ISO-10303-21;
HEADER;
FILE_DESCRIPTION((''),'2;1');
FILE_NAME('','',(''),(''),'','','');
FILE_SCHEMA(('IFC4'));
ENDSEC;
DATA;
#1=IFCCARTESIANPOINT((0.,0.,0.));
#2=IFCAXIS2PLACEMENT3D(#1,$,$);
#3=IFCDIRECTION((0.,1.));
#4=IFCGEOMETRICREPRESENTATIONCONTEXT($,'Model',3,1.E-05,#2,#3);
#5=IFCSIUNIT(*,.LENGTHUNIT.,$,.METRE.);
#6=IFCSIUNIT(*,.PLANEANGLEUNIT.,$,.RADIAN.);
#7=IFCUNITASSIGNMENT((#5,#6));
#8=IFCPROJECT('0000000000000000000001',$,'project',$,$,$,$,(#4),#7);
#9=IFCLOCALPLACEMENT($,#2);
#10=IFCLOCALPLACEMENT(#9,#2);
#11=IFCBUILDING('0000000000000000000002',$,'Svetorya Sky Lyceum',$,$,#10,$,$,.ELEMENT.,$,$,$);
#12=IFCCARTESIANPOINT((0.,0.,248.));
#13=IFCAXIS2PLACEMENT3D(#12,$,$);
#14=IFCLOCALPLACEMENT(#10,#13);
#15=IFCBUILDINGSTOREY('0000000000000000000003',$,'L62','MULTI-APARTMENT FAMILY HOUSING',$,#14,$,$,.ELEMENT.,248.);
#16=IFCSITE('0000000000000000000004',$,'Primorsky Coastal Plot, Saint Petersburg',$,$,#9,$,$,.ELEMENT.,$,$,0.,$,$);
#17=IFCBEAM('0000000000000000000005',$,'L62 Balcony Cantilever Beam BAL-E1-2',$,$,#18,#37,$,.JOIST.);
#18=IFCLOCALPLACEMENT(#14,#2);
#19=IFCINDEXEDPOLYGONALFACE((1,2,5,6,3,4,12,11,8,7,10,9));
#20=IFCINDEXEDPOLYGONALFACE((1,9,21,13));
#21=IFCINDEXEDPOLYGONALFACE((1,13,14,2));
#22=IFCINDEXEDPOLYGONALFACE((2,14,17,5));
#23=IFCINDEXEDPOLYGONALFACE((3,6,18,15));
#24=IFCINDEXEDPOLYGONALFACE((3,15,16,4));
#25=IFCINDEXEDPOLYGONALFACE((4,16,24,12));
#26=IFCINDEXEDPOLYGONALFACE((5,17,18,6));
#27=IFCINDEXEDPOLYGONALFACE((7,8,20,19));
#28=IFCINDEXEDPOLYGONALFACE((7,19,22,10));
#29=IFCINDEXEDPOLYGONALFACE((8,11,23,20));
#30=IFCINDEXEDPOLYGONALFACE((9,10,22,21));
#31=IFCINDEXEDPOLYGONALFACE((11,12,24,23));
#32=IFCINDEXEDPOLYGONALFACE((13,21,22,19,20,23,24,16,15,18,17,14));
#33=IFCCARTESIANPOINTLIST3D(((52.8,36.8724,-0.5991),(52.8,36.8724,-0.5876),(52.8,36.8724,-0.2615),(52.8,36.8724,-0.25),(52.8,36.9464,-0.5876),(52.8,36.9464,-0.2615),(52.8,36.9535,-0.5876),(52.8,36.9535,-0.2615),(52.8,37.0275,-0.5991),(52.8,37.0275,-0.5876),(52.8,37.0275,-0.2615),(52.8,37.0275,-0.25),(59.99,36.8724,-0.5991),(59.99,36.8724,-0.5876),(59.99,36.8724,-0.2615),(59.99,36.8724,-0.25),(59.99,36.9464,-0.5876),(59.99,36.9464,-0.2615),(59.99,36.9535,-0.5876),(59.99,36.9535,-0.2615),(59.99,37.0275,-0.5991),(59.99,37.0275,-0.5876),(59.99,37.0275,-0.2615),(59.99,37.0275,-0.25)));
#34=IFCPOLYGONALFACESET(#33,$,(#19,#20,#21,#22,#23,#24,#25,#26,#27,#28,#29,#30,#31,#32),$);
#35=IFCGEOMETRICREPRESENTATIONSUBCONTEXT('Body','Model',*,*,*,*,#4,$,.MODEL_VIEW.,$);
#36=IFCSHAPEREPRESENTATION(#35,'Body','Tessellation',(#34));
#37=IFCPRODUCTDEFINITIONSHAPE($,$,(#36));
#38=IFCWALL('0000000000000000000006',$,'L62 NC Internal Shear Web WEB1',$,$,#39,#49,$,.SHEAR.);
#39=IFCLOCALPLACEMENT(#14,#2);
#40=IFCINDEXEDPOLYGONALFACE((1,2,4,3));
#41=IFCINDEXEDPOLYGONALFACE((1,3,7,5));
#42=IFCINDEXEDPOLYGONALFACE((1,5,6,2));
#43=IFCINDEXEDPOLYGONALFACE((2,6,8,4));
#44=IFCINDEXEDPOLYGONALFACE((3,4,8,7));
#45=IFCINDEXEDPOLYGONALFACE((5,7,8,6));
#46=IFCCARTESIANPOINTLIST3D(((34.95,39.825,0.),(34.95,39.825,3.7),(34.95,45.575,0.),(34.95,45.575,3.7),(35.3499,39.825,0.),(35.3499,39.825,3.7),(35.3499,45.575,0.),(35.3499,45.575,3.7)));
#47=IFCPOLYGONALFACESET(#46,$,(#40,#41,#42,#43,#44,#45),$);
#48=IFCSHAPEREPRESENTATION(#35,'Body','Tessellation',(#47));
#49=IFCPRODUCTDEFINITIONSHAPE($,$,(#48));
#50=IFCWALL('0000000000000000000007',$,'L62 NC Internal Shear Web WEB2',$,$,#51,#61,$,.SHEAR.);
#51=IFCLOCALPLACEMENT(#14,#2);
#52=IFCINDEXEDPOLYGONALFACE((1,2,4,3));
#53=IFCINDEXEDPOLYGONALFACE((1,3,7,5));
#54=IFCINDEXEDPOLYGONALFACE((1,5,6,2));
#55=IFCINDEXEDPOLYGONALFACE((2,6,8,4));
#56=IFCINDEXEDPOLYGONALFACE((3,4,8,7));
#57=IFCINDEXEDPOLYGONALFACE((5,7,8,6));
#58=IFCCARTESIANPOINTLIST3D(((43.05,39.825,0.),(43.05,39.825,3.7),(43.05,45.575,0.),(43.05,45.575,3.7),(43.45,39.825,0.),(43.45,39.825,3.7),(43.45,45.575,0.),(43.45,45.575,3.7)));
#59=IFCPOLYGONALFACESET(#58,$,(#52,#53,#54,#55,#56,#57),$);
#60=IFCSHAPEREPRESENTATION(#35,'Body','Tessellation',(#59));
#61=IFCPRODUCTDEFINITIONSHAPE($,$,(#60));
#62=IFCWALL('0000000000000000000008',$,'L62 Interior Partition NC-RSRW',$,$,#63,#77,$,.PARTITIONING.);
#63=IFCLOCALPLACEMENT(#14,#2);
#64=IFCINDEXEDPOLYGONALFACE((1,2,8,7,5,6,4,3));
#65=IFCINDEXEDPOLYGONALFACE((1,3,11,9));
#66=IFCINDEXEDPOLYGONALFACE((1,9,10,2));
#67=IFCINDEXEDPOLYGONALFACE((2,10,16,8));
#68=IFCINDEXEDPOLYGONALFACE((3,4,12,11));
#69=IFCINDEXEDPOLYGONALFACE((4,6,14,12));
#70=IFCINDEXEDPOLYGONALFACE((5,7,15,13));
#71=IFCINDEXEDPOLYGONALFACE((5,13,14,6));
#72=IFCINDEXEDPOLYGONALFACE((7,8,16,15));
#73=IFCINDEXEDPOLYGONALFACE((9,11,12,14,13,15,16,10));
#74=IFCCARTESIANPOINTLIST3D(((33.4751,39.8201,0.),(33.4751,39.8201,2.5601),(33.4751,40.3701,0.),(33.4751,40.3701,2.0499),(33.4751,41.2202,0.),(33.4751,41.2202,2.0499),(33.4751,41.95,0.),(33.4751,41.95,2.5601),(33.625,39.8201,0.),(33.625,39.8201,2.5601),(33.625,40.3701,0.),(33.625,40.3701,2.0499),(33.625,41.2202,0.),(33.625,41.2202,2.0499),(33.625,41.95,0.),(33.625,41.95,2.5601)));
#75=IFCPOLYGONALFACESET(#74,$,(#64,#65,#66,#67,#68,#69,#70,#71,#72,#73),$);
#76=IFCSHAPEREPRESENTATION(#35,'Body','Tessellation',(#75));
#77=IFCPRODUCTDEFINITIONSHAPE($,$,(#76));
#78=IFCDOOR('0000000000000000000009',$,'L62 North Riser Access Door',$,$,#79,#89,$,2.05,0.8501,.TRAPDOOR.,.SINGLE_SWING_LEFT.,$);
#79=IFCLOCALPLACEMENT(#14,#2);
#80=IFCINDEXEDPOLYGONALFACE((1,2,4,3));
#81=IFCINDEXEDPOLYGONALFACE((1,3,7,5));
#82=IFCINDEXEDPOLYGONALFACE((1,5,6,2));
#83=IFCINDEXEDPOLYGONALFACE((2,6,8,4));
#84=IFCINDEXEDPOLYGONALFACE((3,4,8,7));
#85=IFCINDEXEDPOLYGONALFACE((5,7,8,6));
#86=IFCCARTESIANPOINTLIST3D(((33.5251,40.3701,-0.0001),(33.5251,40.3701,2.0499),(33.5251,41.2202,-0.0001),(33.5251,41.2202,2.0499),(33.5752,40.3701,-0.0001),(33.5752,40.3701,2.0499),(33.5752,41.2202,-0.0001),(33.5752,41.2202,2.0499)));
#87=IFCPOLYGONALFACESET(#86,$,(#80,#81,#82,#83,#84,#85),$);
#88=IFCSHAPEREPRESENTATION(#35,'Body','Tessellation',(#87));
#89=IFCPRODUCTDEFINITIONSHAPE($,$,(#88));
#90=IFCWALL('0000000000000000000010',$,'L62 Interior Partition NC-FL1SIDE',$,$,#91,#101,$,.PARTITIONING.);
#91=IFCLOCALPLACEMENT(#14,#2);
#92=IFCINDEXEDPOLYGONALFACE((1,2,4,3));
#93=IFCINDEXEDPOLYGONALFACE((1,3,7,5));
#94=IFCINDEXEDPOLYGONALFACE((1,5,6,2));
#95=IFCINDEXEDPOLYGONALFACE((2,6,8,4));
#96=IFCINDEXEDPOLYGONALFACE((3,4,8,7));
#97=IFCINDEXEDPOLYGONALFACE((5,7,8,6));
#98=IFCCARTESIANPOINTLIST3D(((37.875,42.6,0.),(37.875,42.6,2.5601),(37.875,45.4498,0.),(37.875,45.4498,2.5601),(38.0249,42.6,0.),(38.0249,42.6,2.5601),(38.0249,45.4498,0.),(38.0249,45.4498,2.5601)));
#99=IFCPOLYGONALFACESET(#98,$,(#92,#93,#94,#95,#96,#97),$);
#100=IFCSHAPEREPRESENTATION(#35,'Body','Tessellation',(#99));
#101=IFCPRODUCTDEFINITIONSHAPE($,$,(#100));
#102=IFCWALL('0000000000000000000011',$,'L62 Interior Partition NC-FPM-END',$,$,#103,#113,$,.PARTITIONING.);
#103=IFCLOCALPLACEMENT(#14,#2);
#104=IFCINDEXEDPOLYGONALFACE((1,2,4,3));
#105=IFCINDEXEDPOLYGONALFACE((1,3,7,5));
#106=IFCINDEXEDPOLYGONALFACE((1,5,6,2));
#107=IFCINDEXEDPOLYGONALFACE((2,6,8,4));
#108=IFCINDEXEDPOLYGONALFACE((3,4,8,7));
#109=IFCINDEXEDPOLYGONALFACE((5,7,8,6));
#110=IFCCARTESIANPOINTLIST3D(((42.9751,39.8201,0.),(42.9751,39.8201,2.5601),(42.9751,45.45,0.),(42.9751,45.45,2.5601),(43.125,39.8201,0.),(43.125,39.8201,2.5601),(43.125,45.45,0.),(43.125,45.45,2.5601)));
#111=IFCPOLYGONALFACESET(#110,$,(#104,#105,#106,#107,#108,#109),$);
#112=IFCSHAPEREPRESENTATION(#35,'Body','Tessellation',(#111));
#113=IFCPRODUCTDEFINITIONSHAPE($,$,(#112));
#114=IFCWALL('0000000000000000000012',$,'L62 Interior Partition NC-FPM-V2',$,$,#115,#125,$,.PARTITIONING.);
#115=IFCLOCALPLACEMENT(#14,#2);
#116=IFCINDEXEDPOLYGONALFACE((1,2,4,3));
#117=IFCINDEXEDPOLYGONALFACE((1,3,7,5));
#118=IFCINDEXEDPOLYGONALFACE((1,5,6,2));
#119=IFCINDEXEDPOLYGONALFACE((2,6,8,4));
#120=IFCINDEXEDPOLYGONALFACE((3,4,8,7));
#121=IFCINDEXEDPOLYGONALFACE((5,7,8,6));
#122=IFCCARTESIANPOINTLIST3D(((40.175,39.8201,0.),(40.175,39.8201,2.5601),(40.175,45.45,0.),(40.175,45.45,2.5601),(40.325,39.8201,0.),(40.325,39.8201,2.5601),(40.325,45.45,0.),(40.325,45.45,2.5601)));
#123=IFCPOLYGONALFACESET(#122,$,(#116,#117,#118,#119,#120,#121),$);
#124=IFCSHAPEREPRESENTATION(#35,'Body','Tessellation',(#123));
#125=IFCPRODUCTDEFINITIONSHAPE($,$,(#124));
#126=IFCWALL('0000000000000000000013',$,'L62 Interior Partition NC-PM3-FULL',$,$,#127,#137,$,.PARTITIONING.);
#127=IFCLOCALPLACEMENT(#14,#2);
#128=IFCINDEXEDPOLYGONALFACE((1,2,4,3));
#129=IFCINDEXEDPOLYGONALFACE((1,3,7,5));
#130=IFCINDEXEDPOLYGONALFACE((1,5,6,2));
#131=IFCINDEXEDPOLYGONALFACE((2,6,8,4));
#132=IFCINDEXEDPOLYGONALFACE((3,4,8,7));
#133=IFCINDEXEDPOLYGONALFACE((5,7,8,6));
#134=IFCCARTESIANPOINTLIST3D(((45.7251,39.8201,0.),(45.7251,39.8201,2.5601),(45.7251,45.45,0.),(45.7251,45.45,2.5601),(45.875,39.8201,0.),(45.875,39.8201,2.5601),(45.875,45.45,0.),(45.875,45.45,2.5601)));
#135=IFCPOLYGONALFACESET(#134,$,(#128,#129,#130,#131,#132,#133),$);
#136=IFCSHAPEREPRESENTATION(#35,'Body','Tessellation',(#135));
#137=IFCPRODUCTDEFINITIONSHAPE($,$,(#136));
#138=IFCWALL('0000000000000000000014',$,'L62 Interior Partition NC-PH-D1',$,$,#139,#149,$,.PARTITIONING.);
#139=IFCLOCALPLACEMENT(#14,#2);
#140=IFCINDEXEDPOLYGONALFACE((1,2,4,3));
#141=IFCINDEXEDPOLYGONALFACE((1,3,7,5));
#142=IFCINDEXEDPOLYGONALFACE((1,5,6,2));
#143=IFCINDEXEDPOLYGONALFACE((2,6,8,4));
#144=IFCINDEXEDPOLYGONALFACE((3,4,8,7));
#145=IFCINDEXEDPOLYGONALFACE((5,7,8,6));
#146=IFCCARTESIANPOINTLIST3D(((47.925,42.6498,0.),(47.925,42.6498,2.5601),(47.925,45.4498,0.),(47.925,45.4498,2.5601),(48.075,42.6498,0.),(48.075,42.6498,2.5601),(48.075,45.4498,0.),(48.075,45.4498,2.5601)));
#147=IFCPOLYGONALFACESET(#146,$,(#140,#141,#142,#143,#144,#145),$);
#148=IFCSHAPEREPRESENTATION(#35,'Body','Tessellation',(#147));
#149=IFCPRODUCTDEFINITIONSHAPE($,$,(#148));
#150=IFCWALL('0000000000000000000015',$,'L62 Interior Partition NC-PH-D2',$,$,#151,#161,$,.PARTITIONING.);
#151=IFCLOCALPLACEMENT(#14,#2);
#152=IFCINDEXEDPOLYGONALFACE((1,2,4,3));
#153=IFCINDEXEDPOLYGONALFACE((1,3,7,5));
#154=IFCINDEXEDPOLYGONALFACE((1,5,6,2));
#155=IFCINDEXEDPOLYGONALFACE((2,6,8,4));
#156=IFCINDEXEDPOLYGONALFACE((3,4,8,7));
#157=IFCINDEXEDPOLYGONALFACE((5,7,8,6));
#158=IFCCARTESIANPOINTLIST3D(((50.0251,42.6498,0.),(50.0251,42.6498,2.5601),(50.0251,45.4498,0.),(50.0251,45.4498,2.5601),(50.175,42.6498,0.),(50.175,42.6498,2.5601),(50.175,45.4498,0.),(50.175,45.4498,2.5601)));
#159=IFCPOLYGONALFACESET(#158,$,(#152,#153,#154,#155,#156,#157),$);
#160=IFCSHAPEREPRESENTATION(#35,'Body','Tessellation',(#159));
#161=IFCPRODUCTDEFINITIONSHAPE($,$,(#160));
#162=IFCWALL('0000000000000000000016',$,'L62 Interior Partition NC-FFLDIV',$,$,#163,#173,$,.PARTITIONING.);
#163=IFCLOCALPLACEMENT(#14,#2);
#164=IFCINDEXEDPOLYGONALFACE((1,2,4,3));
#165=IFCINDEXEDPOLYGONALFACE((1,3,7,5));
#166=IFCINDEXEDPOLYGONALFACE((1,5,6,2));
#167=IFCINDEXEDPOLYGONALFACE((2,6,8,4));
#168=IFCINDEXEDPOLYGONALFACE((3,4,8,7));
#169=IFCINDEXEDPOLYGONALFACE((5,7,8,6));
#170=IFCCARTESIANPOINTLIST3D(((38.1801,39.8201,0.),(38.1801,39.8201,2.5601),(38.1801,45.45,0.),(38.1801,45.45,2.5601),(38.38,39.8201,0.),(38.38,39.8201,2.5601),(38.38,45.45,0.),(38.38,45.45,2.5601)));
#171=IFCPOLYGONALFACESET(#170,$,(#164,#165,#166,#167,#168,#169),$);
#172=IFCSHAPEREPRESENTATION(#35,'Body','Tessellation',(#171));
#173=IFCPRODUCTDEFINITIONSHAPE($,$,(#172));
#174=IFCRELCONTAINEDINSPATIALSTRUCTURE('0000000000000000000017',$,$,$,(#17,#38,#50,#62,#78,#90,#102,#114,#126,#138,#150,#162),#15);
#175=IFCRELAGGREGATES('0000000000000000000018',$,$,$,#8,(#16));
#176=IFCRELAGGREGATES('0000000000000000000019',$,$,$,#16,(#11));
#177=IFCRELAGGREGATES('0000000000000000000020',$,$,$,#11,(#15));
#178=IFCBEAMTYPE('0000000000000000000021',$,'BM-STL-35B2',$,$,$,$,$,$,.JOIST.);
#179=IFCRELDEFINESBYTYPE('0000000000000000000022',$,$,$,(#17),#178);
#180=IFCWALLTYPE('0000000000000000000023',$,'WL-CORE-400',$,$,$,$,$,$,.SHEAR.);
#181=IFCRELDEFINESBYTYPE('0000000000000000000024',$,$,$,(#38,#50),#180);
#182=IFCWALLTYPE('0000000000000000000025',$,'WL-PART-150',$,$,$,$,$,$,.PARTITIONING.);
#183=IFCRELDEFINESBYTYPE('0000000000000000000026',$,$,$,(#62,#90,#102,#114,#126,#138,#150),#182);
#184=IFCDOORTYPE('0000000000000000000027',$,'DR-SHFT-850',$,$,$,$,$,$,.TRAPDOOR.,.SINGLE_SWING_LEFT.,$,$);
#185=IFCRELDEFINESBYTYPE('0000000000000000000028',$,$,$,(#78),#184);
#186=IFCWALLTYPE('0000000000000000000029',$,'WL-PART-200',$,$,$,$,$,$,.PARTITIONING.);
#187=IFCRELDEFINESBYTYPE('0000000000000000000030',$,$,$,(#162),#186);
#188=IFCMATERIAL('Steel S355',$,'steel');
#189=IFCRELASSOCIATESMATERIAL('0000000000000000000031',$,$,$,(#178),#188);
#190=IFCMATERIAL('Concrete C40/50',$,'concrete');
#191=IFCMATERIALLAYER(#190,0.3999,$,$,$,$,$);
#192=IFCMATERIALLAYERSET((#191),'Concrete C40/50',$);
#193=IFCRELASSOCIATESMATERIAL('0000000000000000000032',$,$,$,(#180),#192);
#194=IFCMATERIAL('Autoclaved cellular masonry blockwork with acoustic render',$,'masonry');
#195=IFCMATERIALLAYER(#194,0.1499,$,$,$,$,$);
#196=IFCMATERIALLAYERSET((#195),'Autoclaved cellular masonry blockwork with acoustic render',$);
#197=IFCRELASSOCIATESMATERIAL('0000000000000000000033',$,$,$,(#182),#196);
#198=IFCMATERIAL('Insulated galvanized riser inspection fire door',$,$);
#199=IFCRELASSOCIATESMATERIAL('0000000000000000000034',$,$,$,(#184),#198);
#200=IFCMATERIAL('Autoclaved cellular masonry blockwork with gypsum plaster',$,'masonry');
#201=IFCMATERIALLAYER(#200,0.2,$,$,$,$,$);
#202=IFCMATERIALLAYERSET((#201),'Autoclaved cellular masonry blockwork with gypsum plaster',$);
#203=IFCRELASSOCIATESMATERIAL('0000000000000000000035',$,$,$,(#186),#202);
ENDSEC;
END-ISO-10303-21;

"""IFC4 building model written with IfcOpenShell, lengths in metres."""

from ifc_helpers import new_model, si_unit, direction, frame, frame_2d, origin, origin_2d, place, context, subcontext, project, spatial, rectangle, i_section, extrude, material, layer, layer_set, material_profile, profile_set, type_object, element, fill, save


model = new_model("IFC4")

# Units and contexts
model_context = context("Model", 3, precision=1e-05, world=origin(), true_north=direction((0.0, 1.0)))
body_context = subcontext(model_context, "Body", "Model", "MODEL_VIEW")
ifc_project = project(units=[si_unit("LENGTHUNIT", "METRE"), si_unit("PLANEANGLEUNIT", "RADIAN")], contexts=[model_context])

# Site, building, storey
site_placement = place(None, origin())
site = spatial("IfcSite", under=ifc_project, at=site_placement, Name="Primorsky Coastal Plot, Saint Petersburg", CompositionType="ELEMENT", RefElevation=0.0)
building_placement = place(site_placement, origin())
building = spatial("IfcBuilding", under=site, at=building_placement, Name="Svetorya Sky Lyceum", CompositionType="ELEMENT")
storey_placement = place(building_placement, frame((0.0, 0.0, 248.0)))
storey = spatial("IfcBuildingStorey", under=building, at=storey_placement, Name="L62", Description="MULTI-APARTMENT FAMILY HOUSING", CompositionType="ELEMENT", Elevation=248.0)

# Beam
ifc_material_1 = material(Name="Steel S355", Category="steel")
ifc_material_profile_1 = material_profile(ifc_material_1, i_section(OverallWidth=0.155, OverallDepth=0.3491, WebThickness=0.0071, FlangeThickness=0.0115, at=origin_2d()), Name="GOST 35B2")
ifc_profile_set_1 = profile_set([ifc_material_profile_1], Name="Steel S355")
beam_type_1 = type_object("IfcBeamType", Name="BM-STL-35B2", PredefinedType="JOIST", material=ifc_profile_set_1)
for number, where, z_axis, x_axis, name in (
    (1, (52.8, 36.95, -0.4246), (1.0, 0.0, 0.0), (0.0, 1.0, 0.0), "L62 Balcony Cantilever Beam BAL-E1-2"),
):
    element("IfcBeam", number, at=place(storey_placement, frame(where, z_axis=z_axis, x_axis=x_axis)), inside=storey, type_object=beam_type_1, Name=name, PredefinedType="JOIST", context=body_context, shape_type="SweptSolid", body=[
        extrude(i_section(OverallWidth=0.155, OverallDepth=0.3491, WebThickness=0.0071, FlangeThickness=0.0115, at=origin_2d()), origin(), (0.0, 0.0, 1.0), 7.1899),
    ])

# Walls
ifc_material_2 = material(Name="Concrete C40/50", Category="concrete")
ifc_layer_1 = layer(ifc_material_2, 0.3999)
ifc_layer_set_1 = layer_set([ifc_layer_1], Name="Concrete C40/50")
wall_type_1 = type_object("IfcWallType", Name="WL-CORE-400", PredefinedType="SHEAR", material=ifc_layer_set_1)
for number, where, z_axis, x_axis, name in (
    (2, (35.1499, 39.825, 0.0), (0.0, 0.0, 1.0), (0.0, 1.0, 0.0), "L62 NC Internal Shear Web WEB1"),
    (3, (43.25, 39.825, 0.0), (0.0, 0.0, 1.0), (0.0, 1.0, 0.0), "L62 NC Internal Shear Web WEB2"),
):
    element("IfcWall", number, at=place(storey_placement, frame(where, z_axis=z_axis, x_axis=x_axis)), inside=storey, type_object=wall_type_1, Name=name, PredefinedType="SHEAR", context=body_context, shape_type="SweptSolid", body=[
        extrude(rectangle(XDim=5.75, YDim=0.3999, at=frame_2d((2.875, 0.0))), origin(), (0.0, 0.0, 1.0), 3.7),
    ])

# Wall, opening, door
ifc_material_3 = material(Name="Autoclaved cellular masonry blockwork with acoustic render", Category="masonry")
ifc_layer_2 = layer(ifc_material_3, 0.1499)
ifc_layer_set_2 = layer_set([ifc_layer_2], Name="Autoclaved cellular masonry blockwork with acoustic render")
wall_type_2 = type_object("IfcWallType", Name="WL-PART-150", PredefinedType="PARTITIONING", material=ifc_layer_set_2)
wall_1_placement = place(storey_placement, frame((33.55, 39.8201, 0.0), z_axis=(0.0, 0.0, 1.0), x_axis=(0.0, 1.0, 0.0)))
wall_1 = element("IfcWall", 4, at=wall_1_placement, inside=storey, type_object=wall_type_2, Name="L62 Interior Partition NC-RSRW", PredefinedType="PARTITIONING", context=body_context, shape_type="SweptSolid", body=[
    extrude(rectangle(XDim=2.1299, YDim=0.1499, at=frame_2d((1.0649, 0.0))), origin(), (0.0, 0.0, 1.0), 2.5601),
])
opening_1_placement = place(wall_1_placement, frame((0.55, 0.0, 0.0)))
opening_1 = element("IfcOpeningElement", 5, at=opening_1_placement, cuts=wall_1, PredefinedType="OPENING", context=body_context, shape_type="SweptSolid", body=[
    extrude(rectangle(XDim=0.8501, YDim=2.05, at=frame_2d((0.425, 1.0249))), frame((0.0, 0.085, 0.0), z_axis=(0.0, -1.0, 0.0), x_axis=(1.0, 0.0, 0.0)), (0.0, 0.0, 1.0), 0.1699),
])
ifc_material_4 = material(Name="Insulated galvanized riser inspection fire door")
door_type_1 = type_object("IfcDoorType", Name="DR-SHFT-850", OperationType="SINGLE_SWING_LEFT", PredefinedType="TRAPDOOR", material=ifc_material_4)
door_1_placement = place(opening_1_placement, origin())
door_1 = element("IfcDoor", 6, at=door_1_placement, inside=storey, type_object=door_type_1, Name="L62 North Riser Access Door", OperationType="SINGLE_SWING_LEFT", OverallHeight=2.05, OverallWidth=0.8501, PredefinedType="TRAPDOOR", context=body_context, shape_type="SweptSolid", body=[
    extrude(rectangle(XDim=0.8501, YDim=2.05, at=frame_2d((0.425, 1.0249))), frame((0.0, 0.0249, 0.0), z_axis=(0.0, -1.0, 0.0), x_axis=(1.0, 0.0, 0.0)), (0.0, 0.0, 1.0), 0.05),
])
fill(opening_1, door_1)

# Walls
wall_2_placement = place(storey_placement, frame((37.95, 42.6001, 0.0), z_axis=(0.0, 0.0, 1.0), x_axis=(0.0, 1.0, 0.0)))
element("IfcWall", 7, at=wall_2_placement, inside=storey, type_object=wall_type_2, Name="L62 Interior Partition NC-FL1SIDE", PredefinedType="PARTITIONING", context=body_context, shape_type="SweptSolid", body=[
    extrude(rectangle(XDim=2.8499, YDim=0.1499, at=frame_2d((1.4248, 0.0))), origin(), (0.0, 0.0, 1.0), 2.5601),
])
for number, where, z_axis, x_axis, name in (
    (8, (43.05, 39.8201, 0.0), (0.0, 0.0, 1.0), (0.0, 1.0, 0.0), "L62 Interior Partition NC-FPM-END"),
    (9, (40.25, 39.8201, 0.0), (0.0, 0.0, 1.0), (0.0, 1.0, 0.0), "L62 Interior Partition NC-FPM-V2"),
    (10, (45.8, 39.8201, 0.0), (0.0, 0.0, 1.0), (0.0, 1.0, 0.0), "L62 Interior Partition NC-PM3-FULL"),
):
    element("IfcWall", number, at=place(storey_placement, frame(where, z_axis=z_axis, x_axis=x_axis)), inside=storey, type_object=wall_type_2, Name=name, PredefinedType="PARTITIONING", context=body_context, shape_type="SweptSolid", body=[
        extrude(rectangle(XDim=5.6299, YDim=0.1499, at=frame_2d((2.8149, 0.0))), origin(), (0.0, 0.0, 1.0), 2.5601),
    ])
for number, where, z_axis, x_axis, name in (
    (11, (48.0, 42.6499, 0.0), (0.0, 0.0, 1.0), (0.0, 1.0, 0.0), "L62 Interior Partition NC-PH-D1"),
    (12, (50.1001, 42.6499, 0.0), (0.0, 0.0, 1.0), (0.0, 1.0, 0.0), "L62 Interior Partition NC-PH-D2"),
):
    element("IfcWall", number, at=place(storey_placement, frame(where, z_axis=z_axis, x_axis=x_axis)), inside=storey, type_object=wall_type_2, Name=name, PredefinedType="PARTITIONING", context=body_context, shape_type="SweptSolid", body=[
        extrude(rectangle(XDim=2.8, YDim=0.1499, at=frame_2d((1.3999, 0.0))), origin(), (0.0, 0.0, 1.0), 2.5601),
    ])

# Shared definitions
ifc_material_5 = material(Name="Autoclaved cellular masonry blockwork with gypsum plaster", Category="masonry")
ifc_layer_3 = layer(ifc_material_5, 0.2)
ifc_layer_set_3 = layer_set([ifc_layer_3], Name="Autoclaved cellular masonry blockwork with gypsum plaster")
wall_type_3 = type_object("IfcWallType", Name="WL-PART-200", PredefinedType="PARTITIONING", material=ifc_layer_set_3)

# Wall
wall_3_placement = place(storey_placement, frame((38.28, 39.8201, 0.0), z_axis=(0.0, 0.0, 1.0), x_axis=(0.0, 1.0, 0.0)))
element("IfcWall", 13, at=wall_3_placement, inside=storey, type_object=wall_type_3, Name="L62 Interior Partition NC-FFLDIV", PredefinedType="PARTITIONING", context=body_context, shape_type="SweptSolid", body=[
    extrude(rectangle(XDim=5.6299, YDim=0.2, at=frame_2d((2.8149, 0.0))), origin(), (0.0, 0.0, 1.0), 2.5601),
])

save(model, "model.ifc")
